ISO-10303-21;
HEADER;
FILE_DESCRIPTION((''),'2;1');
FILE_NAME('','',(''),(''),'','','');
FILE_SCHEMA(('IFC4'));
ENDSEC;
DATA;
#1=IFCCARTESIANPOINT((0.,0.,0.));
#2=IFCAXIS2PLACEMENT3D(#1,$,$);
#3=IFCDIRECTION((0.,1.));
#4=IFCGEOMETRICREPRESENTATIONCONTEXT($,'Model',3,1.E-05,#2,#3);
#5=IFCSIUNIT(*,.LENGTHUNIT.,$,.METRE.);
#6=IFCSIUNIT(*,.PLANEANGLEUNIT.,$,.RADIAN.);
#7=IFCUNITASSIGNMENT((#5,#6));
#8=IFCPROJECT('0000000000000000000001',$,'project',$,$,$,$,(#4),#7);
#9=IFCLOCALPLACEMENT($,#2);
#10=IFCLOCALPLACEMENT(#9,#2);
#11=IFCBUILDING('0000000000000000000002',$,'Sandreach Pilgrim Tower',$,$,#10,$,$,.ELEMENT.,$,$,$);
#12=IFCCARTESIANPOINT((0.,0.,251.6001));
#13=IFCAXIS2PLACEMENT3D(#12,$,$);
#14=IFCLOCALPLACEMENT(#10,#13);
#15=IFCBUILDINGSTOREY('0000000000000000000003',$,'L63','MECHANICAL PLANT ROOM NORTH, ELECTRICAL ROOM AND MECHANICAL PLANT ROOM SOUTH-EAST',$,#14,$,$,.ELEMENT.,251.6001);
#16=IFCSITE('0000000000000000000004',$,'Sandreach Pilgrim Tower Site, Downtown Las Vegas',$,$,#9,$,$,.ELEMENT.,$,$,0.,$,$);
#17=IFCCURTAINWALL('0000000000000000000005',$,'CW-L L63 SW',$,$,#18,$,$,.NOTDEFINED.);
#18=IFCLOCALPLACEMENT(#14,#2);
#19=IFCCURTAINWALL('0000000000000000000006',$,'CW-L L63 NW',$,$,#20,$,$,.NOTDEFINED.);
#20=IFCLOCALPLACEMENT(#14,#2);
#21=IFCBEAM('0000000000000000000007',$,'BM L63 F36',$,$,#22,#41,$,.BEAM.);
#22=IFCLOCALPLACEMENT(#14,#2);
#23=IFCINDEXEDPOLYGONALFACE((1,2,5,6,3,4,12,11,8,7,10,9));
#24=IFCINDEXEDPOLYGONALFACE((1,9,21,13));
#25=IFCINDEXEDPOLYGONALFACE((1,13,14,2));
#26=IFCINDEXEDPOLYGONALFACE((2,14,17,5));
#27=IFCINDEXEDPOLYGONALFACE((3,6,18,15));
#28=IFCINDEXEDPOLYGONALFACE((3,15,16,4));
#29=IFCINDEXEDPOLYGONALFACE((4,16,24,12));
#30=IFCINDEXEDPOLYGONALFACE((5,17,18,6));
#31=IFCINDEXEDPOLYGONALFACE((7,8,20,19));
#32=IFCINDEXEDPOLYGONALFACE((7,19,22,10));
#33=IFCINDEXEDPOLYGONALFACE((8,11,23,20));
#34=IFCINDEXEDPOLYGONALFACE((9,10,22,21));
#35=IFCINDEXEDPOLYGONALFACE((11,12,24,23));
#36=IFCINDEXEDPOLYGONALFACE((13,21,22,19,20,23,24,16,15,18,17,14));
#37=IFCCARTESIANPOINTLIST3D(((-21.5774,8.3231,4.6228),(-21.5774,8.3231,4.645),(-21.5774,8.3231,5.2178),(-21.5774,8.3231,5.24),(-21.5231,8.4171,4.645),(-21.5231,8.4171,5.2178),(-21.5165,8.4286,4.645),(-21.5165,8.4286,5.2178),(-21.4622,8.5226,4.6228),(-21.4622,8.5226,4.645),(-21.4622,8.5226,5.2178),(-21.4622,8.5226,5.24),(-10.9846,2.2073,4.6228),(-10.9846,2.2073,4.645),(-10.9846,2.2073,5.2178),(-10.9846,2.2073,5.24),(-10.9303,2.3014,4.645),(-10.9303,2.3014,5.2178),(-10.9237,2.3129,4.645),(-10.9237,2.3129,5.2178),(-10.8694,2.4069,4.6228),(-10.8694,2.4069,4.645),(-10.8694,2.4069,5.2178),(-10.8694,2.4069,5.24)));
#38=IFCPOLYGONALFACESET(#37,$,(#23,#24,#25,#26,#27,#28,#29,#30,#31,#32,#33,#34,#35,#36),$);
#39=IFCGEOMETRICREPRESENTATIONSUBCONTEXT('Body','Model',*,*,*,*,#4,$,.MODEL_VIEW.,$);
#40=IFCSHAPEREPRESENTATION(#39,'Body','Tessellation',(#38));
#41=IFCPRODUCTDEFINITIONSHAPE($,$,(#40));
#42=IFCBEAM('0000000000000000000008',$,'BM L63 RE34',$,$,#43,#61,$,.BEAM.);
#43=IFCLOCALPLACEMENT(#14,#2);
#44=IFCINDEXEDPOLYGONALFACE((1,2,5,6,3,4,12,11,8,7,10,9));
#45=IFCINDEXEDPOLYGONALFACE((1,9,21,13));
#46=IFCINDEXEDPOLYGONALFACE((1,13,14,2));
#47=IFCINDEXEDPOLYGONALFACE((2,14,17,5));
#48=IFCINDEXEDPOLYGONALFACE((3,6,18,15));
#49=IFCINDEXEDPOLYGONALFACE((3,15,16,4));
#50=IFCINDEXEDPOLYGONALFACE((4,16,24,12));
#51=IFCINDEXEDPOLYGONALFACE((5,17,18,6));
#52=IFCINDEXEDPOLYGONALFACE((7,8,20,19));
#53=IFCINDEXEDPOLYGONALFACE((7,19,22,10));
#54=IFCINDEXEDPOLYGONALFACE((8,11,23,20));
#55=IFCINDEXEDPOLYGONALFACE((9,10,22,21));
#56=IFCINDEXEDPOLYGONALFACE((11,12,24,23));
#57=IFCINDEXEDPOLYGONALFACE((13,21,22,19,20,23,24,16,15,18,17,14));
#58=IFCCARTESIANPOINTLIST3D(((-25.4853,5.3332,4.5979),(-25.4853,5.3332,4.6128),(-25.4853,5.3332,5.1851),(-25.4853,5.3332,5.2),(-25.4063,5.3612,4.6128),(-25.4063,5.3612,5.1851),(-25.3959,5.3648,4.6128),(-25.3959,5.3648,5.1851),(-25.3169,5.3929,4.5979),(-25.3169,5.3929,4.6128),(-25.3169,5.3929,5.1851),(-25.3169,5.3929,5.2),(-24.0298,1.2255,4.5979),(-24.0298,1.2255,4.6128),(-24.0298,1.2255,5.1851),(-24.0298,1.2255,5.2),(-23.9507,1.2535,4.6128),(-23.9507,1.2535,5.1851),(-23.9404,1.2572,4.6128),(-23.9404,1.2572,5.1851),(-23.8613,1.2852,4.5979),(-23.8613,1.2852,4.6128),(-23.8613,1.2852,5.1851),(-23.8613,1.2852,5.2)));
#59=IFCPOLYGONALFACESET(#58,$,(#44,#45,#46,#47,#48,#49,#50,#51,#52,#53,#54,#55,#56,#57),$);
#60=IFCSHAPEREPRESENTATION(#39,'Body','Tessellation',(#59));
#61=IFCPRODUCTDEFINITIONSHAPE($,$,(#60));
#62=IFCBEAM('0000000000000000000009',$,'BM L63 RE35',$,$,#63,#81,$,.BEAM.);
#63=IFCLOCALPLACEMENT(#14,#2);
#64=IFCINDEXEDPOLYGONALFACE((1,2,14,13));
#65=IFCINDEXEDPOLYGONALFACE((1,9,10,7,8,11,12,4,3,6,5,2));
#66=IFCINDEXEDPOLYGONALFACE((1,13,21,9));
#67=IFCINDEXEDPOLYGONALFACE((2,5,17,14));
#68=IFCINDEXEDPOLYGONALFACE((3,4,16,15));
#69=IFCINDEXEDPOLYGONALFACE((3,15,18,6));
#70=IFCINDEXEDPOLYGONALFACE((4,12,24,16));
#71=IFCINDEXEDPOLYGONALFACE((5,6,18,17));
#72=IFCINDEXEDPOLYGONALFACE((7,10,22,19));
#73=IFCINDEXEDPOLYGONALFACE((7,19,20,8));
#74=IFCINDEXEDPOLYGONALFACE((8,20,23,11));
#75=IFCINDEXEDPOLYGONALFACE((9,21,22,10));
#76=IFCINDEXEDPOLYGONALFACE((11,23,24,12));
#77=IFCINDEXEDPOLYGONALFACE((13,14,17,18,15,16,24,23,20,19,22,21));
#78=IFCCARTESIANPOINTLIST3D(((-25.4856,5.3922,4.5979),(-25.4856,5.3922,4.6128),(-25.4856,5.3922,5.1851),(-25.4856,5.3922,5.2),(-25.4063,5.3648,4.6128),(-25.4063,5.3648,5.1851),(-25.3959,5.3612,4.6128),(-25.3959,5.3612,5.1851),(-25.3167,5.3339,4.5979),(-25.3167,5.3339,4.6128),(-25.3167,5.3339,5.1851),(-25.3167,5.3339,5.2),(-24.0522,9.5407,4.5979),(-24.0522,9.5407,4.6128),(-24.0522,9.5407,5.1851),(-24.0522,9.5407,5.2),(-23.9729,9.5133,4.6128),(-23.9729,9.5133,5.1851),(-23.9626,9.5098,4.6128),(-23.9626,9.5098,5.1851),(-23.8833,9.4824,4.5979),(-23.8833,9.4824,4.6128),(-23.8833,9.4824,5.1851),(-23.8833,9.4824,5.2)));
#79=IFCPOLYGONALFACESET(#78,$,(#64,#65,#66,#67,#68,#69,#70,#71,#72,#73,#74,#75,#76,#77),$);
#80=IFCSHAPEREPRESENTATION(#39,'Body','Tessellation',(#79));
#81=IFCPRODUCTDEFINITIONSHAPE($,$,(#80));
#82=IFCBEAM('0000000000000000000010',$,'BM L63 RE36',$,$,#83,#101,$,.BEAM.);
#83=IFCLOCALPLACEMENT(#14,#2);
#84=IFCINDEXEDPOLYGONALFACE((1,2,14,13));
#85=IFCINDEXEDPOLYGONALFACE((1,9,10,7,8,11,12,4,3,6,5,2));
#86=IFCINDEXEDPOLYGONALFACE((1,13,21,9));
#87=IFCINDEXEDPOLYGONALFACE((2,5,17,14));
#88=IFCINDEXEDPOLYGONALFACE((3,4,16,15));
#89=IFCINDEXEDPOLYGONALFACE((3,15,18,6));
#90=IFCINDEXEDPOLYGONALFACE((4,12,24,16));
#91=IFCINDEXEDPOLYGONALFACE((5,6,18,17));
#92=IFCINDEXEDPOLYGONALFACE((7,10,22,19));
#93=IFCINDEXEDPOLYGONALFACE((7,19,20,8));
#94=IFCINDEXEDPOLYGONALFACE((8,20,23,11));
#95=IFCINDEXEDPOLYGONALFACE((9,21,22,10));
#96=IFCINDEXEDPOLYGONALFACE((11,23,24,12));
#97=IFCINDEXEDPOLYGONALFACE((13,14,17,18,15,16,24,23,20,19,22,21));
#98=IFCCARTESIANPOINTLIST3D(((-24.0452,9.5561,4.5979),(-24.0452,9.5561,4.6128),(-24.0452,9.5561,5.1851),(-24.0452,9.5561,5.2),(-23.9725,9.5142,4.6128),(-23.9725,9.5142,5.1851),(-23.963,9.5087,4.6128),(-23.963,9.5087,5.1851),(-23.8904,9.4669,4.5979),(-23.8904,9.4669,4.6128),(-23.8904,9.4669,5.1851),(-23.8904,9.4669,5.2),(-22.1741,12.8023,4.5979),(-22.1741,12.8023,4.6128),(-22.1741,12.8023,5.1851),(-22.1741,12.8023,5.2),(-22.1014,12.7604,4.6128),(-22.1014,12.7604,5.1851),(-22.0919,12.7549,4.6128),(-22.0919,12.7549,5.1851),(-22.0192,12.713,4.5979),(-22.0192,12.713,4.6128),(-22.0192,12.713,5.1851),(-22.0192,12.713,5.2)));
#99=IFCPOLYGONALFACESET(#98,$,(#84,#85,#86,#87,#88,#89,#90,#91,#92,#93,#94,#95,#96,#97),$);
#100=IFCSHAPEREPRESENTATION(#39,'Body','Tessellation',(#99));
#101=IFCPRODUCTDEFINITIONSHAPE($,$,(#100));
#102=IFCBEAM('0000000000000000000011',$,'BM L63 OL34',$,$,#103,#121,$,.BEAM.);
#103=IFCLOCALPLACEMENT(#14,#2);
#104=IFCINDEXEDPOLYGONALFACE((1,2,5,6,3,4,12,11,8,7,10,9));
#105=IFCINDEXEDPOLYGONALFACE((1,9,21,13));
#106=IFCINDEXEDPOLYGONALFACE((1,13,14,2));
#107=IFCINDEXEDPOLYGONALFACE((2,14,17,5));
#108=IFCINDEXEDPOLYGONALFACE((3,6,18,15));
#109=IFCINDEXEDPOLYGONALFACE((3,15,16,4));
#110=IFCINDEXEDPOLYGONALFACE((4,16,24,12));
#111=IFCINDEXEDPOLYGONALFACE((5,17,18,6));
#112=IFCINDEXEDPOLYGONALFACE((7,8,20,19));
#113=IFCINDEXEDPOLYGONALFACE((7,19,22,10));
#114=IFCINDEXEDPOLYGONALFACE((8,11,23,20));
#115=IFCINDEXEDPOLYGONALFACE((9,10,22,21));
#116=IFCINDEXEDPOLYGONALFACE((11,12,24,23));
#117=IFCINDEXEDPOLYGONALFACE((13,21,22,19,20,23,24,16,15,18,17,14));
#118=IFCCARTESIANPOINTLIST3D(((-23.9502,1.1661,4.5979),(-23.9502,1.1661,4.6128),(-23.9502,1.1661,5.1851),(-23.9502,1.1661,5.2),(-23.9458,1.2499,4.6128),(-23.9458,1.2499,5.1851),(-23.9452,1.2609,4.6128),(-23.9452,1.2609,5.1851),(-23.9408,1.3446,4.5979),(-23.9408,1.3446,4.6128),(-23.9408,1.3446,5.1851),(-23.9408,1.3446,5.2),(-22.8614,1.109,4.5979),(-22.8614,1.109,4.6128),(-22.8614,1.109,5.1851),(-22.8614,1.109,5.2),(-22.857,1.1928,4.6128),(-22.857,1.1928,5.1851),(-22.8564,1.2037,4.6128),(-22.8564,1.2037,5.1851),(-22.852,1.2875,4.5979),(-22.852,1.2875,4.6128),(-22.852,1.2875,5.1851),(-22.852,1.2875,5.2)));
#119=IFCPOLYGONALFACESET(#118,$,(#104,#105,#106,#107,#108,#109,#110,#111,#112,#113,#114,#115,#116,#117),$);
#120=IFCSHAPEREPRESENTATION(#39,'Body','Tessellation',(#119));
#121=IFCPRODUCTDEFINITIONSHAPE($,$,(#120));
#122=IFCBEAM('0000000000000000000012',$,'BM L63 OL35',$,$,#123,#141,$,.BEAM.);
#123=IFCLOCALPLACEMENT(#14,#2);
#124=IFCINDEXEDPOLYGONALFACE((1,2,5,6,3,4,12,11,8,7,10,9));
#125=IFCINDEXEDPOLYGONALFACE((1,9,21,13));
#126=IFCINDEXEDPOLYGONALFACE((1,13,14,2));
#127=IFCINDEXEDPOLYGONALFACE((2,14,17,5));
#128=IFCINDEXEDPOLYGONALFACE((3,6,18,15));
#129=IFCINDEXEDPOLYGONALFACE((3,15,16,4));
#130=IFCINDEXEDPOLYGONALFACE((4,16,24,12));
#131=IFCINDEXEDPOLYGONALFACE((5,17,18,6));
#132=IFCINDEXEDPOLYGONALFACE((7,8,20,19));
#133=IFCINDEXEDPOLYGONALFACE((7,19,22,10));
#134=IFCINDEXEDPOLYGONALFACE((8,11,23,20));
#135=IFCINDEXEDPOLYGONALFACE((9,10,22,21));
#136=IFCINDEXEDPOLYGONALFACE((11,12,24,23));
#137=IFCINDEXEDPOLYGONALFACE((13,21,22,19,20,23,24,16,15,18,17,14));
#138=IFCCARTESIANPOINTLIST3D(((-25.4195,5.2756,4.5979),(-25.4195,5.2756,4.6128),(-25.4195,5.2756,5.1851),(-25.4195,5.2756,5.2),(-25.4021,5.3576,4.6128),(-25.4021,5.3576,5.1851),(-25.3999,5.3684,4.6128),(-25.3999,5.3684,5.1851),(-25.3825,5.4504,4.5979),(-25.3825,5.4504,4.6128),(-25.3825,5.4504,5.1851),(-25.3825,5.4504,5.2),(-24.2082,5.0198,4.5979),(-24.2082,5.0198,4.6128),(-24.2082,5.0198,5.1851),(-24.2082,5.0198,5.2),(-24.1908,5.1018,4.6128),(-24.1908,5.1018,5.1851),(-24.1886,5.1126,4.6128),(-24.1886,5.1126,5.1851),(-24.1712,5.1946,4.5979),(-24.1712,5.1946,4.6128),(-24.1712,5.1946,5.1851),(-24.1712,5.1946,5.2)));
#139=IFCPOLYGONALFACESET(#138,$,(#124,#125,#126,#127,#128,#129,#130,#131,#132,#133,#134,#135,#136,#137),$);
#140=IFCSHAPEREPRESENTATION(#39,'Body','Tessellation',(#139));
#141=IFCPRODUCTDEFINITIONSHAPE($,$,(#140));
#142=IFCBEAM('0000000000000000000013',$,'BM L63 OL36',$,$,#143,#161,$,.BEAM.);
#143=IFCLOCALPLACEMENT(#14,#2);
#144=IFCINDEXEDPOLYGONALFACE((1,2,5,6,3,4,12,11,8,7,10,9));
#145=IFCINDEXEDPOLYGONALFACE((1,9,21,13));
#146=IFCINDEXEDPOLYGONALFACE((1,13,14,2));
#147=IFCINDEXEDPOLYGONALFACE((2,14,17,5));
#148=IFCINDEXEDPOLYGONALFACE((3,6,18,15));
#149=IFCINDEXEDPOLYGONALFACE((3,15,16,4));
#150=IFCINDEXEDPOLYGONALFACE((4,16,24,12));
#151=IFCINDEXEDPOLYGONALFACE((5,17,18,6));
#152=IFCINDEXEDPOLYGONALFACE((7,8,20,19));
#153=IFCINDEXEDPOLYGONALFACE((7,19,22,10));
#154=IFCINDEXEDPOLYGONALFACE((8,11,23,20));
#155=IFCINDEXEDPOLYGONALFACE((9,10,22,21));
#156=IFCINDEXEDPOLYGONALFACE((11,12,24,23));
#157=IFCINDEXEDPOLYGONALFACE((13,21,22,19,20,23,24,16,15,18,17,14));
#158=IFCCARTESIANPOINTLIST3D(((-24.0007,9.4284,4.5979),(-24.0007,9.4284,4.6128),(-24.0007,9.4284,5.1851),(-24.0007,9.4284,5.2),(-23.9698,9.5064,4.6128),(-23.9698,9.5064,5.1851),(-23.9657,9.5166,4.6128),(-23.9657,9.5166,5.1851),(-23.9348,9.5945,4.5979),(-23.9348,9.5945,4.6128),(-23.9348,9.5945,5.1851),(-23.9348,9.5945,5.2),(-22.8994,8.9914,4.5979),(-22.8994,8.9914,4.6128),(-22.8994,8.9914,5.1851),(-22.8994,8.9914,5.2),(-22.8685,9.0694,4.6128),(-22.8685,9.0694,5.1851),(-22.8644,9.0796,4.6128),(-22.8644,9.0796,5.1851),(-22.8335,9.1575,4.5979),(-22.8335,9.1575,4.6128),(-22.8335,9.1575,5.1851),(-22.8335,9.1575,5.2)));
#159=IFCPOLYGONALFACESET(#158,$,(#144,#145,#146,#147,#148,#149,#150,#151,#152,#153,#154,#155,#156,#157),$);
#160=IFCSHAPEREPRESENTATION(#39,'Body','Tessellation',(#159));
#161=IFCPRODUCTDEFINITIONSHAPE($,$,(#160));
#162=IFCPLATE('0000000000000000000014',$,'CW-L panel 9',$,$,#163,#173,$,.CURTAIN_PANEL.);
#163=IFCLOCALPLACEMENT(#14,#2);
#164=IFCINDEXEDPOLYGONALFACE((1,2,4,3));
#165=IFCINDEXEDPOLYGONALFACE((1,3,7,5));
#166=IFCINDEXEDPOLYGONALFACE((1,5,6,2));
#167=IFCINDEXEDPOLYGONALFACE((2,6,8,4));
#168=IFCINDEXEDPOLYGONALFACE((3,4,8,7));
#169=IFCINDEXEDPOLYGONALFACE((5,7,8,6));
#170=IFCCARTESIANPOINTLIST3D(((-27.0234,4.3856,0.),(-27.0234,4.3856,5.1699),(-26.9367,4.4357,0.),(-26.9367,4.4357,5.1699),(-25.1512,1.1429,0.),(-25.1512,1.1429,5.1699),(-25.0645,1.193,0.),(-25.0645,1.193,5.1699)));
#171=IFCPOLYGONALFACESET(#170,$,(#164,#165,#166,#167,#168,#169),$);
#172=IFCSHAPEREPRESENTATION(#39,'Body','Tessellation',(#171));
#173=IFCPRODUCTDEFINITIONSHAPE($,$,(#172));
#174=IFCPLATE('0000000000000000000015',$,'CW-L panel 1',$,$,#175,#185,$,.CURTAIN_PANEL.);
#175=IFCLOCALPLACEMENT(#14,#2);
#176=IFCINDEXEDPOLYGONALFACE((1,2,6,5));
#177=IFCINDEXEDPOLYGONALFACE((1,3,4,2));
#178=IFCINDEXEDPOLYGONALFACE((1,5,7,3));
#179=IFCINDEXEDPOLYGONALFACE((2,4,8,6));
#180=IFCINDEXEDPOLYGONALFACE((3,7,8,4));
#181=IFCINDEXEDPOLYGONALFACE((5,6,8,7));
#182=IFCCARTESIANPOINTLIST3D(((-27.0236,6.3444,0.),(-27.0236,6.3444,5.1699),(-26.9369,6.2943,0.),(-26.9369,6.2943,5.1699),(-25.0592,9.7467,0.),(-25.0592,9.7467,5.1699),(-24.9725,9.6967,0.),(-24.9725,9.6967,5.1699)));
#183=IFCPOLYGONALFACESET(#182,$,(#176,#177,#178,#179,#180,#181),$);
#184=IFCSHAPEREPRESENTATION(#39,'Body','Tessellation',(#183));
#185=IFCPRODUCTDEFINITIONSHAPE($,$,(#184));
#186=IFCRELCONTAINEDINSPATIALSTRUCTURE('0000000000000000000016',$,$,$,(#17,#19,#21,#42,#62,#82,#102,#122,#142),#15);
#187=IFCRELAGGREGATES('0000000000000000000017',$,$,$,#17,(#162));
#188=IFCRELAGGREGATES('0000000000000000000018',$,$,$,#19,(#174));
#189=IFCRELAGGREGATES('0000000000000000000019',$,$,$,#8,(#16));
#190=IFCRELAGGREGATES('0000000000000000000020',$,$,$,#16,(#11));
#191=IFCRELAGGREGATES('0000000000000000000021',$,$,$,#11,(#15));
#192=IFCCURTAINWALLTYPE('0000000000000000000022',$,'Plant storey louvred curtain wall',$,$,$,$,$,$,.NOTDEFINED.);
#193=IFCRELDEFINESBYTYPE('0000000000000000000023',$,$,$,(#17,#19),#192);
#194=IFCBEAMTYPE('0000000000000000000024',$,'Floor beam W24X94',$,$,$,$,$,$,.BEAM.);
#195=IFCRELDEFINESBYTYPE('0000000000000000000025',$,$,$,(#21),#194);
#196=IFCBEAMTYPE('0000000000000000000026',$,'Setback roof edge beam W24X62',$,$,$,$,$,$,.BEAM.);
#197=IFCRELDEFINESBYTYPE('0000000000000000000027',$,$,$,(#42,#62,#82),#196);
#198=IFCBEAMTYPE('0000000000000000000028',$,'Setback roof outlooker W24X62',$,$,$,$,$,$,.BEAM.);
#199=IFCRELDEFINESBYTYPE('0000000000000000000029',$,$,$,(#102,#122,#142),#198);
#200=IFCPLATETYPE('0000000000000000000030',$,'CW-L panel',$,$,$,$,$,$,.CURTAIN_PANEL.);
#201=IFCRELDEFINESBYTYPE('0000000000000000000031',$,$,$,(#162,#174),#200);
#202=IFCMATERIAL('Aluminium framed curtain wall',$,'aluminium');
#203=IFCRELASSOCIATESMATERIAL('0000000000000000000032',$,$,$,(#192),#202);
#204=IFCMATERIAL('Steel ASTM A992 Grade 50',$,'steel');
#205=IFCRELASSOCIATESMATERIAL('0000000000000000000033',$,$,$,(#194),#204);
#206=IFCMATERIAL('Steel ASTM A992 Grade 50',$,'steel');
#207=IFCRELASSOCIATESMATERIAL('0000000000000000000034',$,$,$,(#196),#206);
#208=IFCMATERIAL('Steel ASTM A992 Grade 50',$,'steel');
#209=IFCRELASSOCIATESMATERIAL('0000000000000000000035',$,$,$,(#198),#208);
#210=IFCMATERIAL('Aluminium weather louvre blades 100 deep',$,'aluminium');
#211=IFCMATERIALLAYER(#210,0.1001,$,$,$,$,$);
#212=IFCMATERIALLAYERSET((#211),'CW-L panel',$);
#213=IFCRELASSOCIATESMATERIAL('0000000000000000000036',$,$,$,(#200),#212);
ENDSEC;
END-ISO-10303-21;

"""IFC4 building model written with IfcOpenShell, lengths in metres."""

from ifc_helpers import new_model, si_unit, direction, frame, origin, origin_2d, place, context, subcontext, project, spatial, rectangle, i_section, extrude, material, layer, layer_set, material_profile, profile_set, type_object, element, aggregate, save


model = new_model("IFC4")

# Units and contexts
model_context = context("Model", 3, precision=1e-05, world=origin(), true_north=direction((0.0, 1.0)))
body_context = subcontext(model_context, "Body", "Model", "MODEL_VIEW")
ifc_project = project(units=[si_unit("LENGTHUNIT", "METRE"), si_unit("PLANEANGLEUNIT", "RADIAN")], contexts=[model_context])

# Site, building, storey
site_placement = place(None, origin())
site = spatial("IfcSite", under=ifc_project, at=site_placement, Name="Sandreach Pilgrim Tower Site, Downtown Las Vegas", CompositionType="ELEMENT", RefElevation=0.0)
building_placement = place(site_placement, origin())
building = spatial("IfcBuilding", under=site, at=building_placement, Name="Sandreach Pilgrim Tower", CompositionType="ELEMENT")
storey_placement = place(building_placement, frame((0.0, 0.0, 251.6001)))
storey = spatial("IfcBuildingStorey", under=building, at=storey_placement, Name="L63", Description="MECHANICAL PLANT ROOM NORTH, ELECTRICAL ROOM AND MECHANICAL PLANT ROOM SOUTH-EAST", CompositionType="ELEMENT", Elevation=251.6001)

# Curtain walls
ifc_material_1 = material(Name="Aluminium framed curtain wall", Category="aluminium")
curtain_wall_type = type_object("IfcCurtainWallType", Name="Plant storey louvred curtain wall", PredefinedType="NOTDEFINED", material=ifc_material_1)
curtain_wall_1_placement = place(storey_placement, origin())
curtain_wall_1 = element("IfcCurtainWall", 1, at=curtain_wall_1_placement, inside=storey, type_object=curtain_wall_type, Name="CW-L L63 SW", PredefinedType="NOTDEFINED")
curtain_wall_2_placement = place(storey_placement, origin())
curtain_wall_2 = element("IfcCurtainWall", 2, at=curtain_wall_2_placement, inside=storey, type_object=curtain_wall_type, Name="CW-L L63 NW", PredefinedType="NOTDEFINED")

# Beams
ifc_material_2 = material(Name="Steel ASTM A992 Grade 50", Category="steel")
ifc_material_profile_1 = material_profile(ifc_material_2, i_section(OverallWidth=0.2305, OverallDepth=0.6172, WebThickness=0.0132, FlangeThickness=0.0222, at=origin_2d()), Name="W24X94")
ifc_profile_set_1 = profile_set([ifc_material_profile_1], Name="Steel ASTM A992 Grade 50")
beam_type_1 = type_object("IfcBeamType", Name="Floor beam W24X94", PredefinedType="BEAM", material=ifc_profile_set_1)
beam_1_placement = place(storey_placement, frame((-21.5198, 8.4229, 4.9314), z_axis=(0.866026, -0.499999, 0.0), x_axis=(0.499999, 0.866026, 0.0)))
element("IfcBeam", 3, at=beam_1_placement, inside=storey, type_object=beam_type_1, Name="BM L63 F36", PredefinedType="BEAM", context=body_context, shape_type="SweptSolid", body=[
    extrude(i_section(OverallWidth=0.2305, OverallDepth=0.6172, WebThickness=0.0132, FlangeThickness=0.0222, at=origin_2d()), origin(), (0.0, 0.0, 1.0), 12.2314),
])
ifc_material_3 = material(Name="Steel ASTM A992 Grade 50", Category="steel")
ifc_material_profile_2 = material_profile(ifc_material_3, i_section(OverallWidth=0.1787, OverallDepth=0.6021, WebThickness=0.011, FlangeThickness=0.0149, at=origin_2d()), Name="W24X62")
ifc_profile_set_2 = profile_set([ifc_material_profile_2], Name="Steel ASTM A992 Grade 50")
beam_type_2 = type_object("IfcBeamType", Name="Setback roof edge beam W24X62", PredefinedType="BEAM", material=ifc_profile_set_2)
beam_2_placement = place(storey_placement, frame((-23.9456, 1.2554, 4.8989), z_axis=(-0.334004, 0.942572, 0.0), x_axis=(-0.942572, -0.334004, 0.0)))
element("IfcBeam", 4, at=beam_2_placement, inside=storey, type_object=beam_type_2, Name="BM L63 RE34", PredefinedType="BEAM", context=body_context, shape_type="SweptSolid", body=[
    extrude(i_section(OverallWidth=0.1787, OverallDepth=0.6021, WebThickness=0.011, FlangeThickness=0.0149, at=origin_2d()), origin(), (0.0, 0.0, 1.0), 4.3579),
])
beam_3_placement = place(storey_placement, frame((-25.4011, 5.363, 4.8989), z_axis=(0.326572, 0.945172, 0.0), x_axis=(-0.945172, 0.326572, 0.0)))
element("IfcBeam", 5, at=beam_3_placement, inside=storey, type_object=beam_type_2, Name="BM L63 RE35", PredefinedType="BEAM", context=body_context, shape_type="SweptSolid", body=[
    extrude(i_section(OverallWidth=0.1787, OverallDepth=0.6021, WebThickness=0.011, FlangeThickness=0.0149, at=origin_2d()), origin(), (0.0, 0.0, 1.0), 4.3892),
])
beam_4_placement = place(storey_placement, frame((-23.9678, 9.5115, 4.8989), z_axis=(0.499391, 0.866376, 0.0), x_axis=(-0.866376, 0.499391, 0.0)))
element("IfcBeam", 6, at=beam_4_placement, inside=storey, type_object=beam_type_2, Name="BM L63 RE36", PredefinedType="BEAM", context=body_context, shape_type="SweptSolid", body=[
    extrude(i_section(OverallWidth=0.1787, OverallDepth=0.6021, WebThickness=0.011, FlangeThickness=0.0149, at=origin_2d()), origin(), (0.0, 0.0, 1.0), 3.7468),
])
ifc_material_4 = material(Name="Steel ASTM A992 Grade 50", Category="steel")
ifc_material_profile_3 = material_profile(ifc_material_4, i_section(OverallWidth=0.1787, OverallDepth=0.6021, WebThickness=0.011, FlangeThickness=0.0149, at=origin_2d()), Name="W24X62")
ifc_profile_set_3 = profile_set([ifc_material_profile_3], Name="Steel ASTM A992 Grade 50")
beam_type_3 = type_object("IfcBeamType", Name="Setback roof outlooker W24X62", PredefinedType="BEAM", material=ifc_profile_set_3)
beam_5_placement = place(storey_placement, frame((-22.8567, 1.1982, 4.8989), z_axis=(-0.998626, 0.052394, 0.0), x_axis=(-0.052394, -0.998626, 0.0)))
element("IfcBeam", 7, at=beam_5_placement, inside=storey, type_object=beam_type_3, Name="BM L63 OL34", PredefinedType="BEAM", context=body_context, shape_type="SweptSolid", body=[
    extrude(i_section(OverallWidth=0.1787, OverallDepth=0.6021, WebThickness=0.011, FlangeThickness=0.0149, at=origin_2d()), origin(), (0.0, 0.0, 1.0), 1.0903),
])
beam_6_placement = place(storey_placement, frame((-24.1897, 5.1072, 4.8989), z_axis=(-0.978416, 0.206646, 0.0), x_axis=(-0.206646, -0.978416, 0.0)))
element("IfcBeam", 8, at=beam_6_placement, inside=storey, type_object=beam_type_3, Name="BM L63 OL35", PredefinedType="BEAM", context=body_context, shape_type="SweptSolid", body=[
    extrude(i_section(OverallWidth=0.1787, OverallDepth=0.6021, WebThickness=0.011, FlangeThickness=0.0149, at=origin_2d()), origin(), (0.0, 0.0, 1.0), 1.238),
])
beam_7_placement = place(storey_placement, frame((-22.8665, 9.0745, 4.8989), z_axis=(-0.929496, 0.368831, 0.0), x_axis=(-0.368831, -0.929496, 0.0)))
element("IfcBeam", 9, at=beam_7_placement, inside=storey, type_object=beam_type_3, Name="BM L63 OL36", PredefinedType="BEAM", context=body_context, shape_type="SweptSolid", body=[
    extrude(i_section(OverallWidth=0.1787, OverallDepth=0.6021, WebThickness=0.011, FlangeThickness=0.0149, at=origin_2d()), origin(), (0.0, 0.0, 1.0), 1.1848),
])

# Plates
ifc_material_5 = material(Name="Aluminium weather louvre blades 100 deep", Category="aluminium")
ifc_layer_1 = layer(ifc_material_5, 0.1001)
ifc_layer_set_1 = layer_set([ifc_layer_1], Name="CW-L panel")
plate_type = type_object("IfcPlateType", Name="CW-L panel", PredefinedType="CURTAIN_PANEL", material=ifc_layer_set_1)
plate_1_placement = place(storey_placement, frame((-26.0439, 2.7893, 0.0), z_axis=(0.0, 0.0, 1.0), x_axis=(-0.5, 0.866025, 0.0)))
plate_1 = element("IfcPlate", 10, at=plate_1_placement, type_object=plate_type, Name="CW-L panel 9", PredefinedType="CURTAIN_PANEL", context=body_context, shape_type="SweptSolid", body=[
    extrude(rectangle(XDim=3.7444, YDim=0.1001, at=origin_2d()), origin(), (0.0, 0.0, 1.0), 5.1699),
])
aggregate(curtain_wall_1, [plate_1])
plate_2_placement = place(storey_placement, frame((-25.998, 8.0205, 0.0), z_axis=(0.0, 0.0, 1.0), x_axis=(0.5, 0.866025, 0.0)))
plate_2 = element("IfcPlate", 11, at=plate_2_placement, type_object=plate_type, Name="CW-L panel 1", PredefinedType="CURTAIN_PANEL", context=body_context, shape_type="SweptSolid", body=[
    extrude(rectangle(XDim=3.9287, YDim=0.1001, at=origin_2d()), origin(), (0.0, 0.0, 1.0), 5.1699),
])
aggregate(curtain_wall_2, [plate_2])

save(model, "model.ifc")
